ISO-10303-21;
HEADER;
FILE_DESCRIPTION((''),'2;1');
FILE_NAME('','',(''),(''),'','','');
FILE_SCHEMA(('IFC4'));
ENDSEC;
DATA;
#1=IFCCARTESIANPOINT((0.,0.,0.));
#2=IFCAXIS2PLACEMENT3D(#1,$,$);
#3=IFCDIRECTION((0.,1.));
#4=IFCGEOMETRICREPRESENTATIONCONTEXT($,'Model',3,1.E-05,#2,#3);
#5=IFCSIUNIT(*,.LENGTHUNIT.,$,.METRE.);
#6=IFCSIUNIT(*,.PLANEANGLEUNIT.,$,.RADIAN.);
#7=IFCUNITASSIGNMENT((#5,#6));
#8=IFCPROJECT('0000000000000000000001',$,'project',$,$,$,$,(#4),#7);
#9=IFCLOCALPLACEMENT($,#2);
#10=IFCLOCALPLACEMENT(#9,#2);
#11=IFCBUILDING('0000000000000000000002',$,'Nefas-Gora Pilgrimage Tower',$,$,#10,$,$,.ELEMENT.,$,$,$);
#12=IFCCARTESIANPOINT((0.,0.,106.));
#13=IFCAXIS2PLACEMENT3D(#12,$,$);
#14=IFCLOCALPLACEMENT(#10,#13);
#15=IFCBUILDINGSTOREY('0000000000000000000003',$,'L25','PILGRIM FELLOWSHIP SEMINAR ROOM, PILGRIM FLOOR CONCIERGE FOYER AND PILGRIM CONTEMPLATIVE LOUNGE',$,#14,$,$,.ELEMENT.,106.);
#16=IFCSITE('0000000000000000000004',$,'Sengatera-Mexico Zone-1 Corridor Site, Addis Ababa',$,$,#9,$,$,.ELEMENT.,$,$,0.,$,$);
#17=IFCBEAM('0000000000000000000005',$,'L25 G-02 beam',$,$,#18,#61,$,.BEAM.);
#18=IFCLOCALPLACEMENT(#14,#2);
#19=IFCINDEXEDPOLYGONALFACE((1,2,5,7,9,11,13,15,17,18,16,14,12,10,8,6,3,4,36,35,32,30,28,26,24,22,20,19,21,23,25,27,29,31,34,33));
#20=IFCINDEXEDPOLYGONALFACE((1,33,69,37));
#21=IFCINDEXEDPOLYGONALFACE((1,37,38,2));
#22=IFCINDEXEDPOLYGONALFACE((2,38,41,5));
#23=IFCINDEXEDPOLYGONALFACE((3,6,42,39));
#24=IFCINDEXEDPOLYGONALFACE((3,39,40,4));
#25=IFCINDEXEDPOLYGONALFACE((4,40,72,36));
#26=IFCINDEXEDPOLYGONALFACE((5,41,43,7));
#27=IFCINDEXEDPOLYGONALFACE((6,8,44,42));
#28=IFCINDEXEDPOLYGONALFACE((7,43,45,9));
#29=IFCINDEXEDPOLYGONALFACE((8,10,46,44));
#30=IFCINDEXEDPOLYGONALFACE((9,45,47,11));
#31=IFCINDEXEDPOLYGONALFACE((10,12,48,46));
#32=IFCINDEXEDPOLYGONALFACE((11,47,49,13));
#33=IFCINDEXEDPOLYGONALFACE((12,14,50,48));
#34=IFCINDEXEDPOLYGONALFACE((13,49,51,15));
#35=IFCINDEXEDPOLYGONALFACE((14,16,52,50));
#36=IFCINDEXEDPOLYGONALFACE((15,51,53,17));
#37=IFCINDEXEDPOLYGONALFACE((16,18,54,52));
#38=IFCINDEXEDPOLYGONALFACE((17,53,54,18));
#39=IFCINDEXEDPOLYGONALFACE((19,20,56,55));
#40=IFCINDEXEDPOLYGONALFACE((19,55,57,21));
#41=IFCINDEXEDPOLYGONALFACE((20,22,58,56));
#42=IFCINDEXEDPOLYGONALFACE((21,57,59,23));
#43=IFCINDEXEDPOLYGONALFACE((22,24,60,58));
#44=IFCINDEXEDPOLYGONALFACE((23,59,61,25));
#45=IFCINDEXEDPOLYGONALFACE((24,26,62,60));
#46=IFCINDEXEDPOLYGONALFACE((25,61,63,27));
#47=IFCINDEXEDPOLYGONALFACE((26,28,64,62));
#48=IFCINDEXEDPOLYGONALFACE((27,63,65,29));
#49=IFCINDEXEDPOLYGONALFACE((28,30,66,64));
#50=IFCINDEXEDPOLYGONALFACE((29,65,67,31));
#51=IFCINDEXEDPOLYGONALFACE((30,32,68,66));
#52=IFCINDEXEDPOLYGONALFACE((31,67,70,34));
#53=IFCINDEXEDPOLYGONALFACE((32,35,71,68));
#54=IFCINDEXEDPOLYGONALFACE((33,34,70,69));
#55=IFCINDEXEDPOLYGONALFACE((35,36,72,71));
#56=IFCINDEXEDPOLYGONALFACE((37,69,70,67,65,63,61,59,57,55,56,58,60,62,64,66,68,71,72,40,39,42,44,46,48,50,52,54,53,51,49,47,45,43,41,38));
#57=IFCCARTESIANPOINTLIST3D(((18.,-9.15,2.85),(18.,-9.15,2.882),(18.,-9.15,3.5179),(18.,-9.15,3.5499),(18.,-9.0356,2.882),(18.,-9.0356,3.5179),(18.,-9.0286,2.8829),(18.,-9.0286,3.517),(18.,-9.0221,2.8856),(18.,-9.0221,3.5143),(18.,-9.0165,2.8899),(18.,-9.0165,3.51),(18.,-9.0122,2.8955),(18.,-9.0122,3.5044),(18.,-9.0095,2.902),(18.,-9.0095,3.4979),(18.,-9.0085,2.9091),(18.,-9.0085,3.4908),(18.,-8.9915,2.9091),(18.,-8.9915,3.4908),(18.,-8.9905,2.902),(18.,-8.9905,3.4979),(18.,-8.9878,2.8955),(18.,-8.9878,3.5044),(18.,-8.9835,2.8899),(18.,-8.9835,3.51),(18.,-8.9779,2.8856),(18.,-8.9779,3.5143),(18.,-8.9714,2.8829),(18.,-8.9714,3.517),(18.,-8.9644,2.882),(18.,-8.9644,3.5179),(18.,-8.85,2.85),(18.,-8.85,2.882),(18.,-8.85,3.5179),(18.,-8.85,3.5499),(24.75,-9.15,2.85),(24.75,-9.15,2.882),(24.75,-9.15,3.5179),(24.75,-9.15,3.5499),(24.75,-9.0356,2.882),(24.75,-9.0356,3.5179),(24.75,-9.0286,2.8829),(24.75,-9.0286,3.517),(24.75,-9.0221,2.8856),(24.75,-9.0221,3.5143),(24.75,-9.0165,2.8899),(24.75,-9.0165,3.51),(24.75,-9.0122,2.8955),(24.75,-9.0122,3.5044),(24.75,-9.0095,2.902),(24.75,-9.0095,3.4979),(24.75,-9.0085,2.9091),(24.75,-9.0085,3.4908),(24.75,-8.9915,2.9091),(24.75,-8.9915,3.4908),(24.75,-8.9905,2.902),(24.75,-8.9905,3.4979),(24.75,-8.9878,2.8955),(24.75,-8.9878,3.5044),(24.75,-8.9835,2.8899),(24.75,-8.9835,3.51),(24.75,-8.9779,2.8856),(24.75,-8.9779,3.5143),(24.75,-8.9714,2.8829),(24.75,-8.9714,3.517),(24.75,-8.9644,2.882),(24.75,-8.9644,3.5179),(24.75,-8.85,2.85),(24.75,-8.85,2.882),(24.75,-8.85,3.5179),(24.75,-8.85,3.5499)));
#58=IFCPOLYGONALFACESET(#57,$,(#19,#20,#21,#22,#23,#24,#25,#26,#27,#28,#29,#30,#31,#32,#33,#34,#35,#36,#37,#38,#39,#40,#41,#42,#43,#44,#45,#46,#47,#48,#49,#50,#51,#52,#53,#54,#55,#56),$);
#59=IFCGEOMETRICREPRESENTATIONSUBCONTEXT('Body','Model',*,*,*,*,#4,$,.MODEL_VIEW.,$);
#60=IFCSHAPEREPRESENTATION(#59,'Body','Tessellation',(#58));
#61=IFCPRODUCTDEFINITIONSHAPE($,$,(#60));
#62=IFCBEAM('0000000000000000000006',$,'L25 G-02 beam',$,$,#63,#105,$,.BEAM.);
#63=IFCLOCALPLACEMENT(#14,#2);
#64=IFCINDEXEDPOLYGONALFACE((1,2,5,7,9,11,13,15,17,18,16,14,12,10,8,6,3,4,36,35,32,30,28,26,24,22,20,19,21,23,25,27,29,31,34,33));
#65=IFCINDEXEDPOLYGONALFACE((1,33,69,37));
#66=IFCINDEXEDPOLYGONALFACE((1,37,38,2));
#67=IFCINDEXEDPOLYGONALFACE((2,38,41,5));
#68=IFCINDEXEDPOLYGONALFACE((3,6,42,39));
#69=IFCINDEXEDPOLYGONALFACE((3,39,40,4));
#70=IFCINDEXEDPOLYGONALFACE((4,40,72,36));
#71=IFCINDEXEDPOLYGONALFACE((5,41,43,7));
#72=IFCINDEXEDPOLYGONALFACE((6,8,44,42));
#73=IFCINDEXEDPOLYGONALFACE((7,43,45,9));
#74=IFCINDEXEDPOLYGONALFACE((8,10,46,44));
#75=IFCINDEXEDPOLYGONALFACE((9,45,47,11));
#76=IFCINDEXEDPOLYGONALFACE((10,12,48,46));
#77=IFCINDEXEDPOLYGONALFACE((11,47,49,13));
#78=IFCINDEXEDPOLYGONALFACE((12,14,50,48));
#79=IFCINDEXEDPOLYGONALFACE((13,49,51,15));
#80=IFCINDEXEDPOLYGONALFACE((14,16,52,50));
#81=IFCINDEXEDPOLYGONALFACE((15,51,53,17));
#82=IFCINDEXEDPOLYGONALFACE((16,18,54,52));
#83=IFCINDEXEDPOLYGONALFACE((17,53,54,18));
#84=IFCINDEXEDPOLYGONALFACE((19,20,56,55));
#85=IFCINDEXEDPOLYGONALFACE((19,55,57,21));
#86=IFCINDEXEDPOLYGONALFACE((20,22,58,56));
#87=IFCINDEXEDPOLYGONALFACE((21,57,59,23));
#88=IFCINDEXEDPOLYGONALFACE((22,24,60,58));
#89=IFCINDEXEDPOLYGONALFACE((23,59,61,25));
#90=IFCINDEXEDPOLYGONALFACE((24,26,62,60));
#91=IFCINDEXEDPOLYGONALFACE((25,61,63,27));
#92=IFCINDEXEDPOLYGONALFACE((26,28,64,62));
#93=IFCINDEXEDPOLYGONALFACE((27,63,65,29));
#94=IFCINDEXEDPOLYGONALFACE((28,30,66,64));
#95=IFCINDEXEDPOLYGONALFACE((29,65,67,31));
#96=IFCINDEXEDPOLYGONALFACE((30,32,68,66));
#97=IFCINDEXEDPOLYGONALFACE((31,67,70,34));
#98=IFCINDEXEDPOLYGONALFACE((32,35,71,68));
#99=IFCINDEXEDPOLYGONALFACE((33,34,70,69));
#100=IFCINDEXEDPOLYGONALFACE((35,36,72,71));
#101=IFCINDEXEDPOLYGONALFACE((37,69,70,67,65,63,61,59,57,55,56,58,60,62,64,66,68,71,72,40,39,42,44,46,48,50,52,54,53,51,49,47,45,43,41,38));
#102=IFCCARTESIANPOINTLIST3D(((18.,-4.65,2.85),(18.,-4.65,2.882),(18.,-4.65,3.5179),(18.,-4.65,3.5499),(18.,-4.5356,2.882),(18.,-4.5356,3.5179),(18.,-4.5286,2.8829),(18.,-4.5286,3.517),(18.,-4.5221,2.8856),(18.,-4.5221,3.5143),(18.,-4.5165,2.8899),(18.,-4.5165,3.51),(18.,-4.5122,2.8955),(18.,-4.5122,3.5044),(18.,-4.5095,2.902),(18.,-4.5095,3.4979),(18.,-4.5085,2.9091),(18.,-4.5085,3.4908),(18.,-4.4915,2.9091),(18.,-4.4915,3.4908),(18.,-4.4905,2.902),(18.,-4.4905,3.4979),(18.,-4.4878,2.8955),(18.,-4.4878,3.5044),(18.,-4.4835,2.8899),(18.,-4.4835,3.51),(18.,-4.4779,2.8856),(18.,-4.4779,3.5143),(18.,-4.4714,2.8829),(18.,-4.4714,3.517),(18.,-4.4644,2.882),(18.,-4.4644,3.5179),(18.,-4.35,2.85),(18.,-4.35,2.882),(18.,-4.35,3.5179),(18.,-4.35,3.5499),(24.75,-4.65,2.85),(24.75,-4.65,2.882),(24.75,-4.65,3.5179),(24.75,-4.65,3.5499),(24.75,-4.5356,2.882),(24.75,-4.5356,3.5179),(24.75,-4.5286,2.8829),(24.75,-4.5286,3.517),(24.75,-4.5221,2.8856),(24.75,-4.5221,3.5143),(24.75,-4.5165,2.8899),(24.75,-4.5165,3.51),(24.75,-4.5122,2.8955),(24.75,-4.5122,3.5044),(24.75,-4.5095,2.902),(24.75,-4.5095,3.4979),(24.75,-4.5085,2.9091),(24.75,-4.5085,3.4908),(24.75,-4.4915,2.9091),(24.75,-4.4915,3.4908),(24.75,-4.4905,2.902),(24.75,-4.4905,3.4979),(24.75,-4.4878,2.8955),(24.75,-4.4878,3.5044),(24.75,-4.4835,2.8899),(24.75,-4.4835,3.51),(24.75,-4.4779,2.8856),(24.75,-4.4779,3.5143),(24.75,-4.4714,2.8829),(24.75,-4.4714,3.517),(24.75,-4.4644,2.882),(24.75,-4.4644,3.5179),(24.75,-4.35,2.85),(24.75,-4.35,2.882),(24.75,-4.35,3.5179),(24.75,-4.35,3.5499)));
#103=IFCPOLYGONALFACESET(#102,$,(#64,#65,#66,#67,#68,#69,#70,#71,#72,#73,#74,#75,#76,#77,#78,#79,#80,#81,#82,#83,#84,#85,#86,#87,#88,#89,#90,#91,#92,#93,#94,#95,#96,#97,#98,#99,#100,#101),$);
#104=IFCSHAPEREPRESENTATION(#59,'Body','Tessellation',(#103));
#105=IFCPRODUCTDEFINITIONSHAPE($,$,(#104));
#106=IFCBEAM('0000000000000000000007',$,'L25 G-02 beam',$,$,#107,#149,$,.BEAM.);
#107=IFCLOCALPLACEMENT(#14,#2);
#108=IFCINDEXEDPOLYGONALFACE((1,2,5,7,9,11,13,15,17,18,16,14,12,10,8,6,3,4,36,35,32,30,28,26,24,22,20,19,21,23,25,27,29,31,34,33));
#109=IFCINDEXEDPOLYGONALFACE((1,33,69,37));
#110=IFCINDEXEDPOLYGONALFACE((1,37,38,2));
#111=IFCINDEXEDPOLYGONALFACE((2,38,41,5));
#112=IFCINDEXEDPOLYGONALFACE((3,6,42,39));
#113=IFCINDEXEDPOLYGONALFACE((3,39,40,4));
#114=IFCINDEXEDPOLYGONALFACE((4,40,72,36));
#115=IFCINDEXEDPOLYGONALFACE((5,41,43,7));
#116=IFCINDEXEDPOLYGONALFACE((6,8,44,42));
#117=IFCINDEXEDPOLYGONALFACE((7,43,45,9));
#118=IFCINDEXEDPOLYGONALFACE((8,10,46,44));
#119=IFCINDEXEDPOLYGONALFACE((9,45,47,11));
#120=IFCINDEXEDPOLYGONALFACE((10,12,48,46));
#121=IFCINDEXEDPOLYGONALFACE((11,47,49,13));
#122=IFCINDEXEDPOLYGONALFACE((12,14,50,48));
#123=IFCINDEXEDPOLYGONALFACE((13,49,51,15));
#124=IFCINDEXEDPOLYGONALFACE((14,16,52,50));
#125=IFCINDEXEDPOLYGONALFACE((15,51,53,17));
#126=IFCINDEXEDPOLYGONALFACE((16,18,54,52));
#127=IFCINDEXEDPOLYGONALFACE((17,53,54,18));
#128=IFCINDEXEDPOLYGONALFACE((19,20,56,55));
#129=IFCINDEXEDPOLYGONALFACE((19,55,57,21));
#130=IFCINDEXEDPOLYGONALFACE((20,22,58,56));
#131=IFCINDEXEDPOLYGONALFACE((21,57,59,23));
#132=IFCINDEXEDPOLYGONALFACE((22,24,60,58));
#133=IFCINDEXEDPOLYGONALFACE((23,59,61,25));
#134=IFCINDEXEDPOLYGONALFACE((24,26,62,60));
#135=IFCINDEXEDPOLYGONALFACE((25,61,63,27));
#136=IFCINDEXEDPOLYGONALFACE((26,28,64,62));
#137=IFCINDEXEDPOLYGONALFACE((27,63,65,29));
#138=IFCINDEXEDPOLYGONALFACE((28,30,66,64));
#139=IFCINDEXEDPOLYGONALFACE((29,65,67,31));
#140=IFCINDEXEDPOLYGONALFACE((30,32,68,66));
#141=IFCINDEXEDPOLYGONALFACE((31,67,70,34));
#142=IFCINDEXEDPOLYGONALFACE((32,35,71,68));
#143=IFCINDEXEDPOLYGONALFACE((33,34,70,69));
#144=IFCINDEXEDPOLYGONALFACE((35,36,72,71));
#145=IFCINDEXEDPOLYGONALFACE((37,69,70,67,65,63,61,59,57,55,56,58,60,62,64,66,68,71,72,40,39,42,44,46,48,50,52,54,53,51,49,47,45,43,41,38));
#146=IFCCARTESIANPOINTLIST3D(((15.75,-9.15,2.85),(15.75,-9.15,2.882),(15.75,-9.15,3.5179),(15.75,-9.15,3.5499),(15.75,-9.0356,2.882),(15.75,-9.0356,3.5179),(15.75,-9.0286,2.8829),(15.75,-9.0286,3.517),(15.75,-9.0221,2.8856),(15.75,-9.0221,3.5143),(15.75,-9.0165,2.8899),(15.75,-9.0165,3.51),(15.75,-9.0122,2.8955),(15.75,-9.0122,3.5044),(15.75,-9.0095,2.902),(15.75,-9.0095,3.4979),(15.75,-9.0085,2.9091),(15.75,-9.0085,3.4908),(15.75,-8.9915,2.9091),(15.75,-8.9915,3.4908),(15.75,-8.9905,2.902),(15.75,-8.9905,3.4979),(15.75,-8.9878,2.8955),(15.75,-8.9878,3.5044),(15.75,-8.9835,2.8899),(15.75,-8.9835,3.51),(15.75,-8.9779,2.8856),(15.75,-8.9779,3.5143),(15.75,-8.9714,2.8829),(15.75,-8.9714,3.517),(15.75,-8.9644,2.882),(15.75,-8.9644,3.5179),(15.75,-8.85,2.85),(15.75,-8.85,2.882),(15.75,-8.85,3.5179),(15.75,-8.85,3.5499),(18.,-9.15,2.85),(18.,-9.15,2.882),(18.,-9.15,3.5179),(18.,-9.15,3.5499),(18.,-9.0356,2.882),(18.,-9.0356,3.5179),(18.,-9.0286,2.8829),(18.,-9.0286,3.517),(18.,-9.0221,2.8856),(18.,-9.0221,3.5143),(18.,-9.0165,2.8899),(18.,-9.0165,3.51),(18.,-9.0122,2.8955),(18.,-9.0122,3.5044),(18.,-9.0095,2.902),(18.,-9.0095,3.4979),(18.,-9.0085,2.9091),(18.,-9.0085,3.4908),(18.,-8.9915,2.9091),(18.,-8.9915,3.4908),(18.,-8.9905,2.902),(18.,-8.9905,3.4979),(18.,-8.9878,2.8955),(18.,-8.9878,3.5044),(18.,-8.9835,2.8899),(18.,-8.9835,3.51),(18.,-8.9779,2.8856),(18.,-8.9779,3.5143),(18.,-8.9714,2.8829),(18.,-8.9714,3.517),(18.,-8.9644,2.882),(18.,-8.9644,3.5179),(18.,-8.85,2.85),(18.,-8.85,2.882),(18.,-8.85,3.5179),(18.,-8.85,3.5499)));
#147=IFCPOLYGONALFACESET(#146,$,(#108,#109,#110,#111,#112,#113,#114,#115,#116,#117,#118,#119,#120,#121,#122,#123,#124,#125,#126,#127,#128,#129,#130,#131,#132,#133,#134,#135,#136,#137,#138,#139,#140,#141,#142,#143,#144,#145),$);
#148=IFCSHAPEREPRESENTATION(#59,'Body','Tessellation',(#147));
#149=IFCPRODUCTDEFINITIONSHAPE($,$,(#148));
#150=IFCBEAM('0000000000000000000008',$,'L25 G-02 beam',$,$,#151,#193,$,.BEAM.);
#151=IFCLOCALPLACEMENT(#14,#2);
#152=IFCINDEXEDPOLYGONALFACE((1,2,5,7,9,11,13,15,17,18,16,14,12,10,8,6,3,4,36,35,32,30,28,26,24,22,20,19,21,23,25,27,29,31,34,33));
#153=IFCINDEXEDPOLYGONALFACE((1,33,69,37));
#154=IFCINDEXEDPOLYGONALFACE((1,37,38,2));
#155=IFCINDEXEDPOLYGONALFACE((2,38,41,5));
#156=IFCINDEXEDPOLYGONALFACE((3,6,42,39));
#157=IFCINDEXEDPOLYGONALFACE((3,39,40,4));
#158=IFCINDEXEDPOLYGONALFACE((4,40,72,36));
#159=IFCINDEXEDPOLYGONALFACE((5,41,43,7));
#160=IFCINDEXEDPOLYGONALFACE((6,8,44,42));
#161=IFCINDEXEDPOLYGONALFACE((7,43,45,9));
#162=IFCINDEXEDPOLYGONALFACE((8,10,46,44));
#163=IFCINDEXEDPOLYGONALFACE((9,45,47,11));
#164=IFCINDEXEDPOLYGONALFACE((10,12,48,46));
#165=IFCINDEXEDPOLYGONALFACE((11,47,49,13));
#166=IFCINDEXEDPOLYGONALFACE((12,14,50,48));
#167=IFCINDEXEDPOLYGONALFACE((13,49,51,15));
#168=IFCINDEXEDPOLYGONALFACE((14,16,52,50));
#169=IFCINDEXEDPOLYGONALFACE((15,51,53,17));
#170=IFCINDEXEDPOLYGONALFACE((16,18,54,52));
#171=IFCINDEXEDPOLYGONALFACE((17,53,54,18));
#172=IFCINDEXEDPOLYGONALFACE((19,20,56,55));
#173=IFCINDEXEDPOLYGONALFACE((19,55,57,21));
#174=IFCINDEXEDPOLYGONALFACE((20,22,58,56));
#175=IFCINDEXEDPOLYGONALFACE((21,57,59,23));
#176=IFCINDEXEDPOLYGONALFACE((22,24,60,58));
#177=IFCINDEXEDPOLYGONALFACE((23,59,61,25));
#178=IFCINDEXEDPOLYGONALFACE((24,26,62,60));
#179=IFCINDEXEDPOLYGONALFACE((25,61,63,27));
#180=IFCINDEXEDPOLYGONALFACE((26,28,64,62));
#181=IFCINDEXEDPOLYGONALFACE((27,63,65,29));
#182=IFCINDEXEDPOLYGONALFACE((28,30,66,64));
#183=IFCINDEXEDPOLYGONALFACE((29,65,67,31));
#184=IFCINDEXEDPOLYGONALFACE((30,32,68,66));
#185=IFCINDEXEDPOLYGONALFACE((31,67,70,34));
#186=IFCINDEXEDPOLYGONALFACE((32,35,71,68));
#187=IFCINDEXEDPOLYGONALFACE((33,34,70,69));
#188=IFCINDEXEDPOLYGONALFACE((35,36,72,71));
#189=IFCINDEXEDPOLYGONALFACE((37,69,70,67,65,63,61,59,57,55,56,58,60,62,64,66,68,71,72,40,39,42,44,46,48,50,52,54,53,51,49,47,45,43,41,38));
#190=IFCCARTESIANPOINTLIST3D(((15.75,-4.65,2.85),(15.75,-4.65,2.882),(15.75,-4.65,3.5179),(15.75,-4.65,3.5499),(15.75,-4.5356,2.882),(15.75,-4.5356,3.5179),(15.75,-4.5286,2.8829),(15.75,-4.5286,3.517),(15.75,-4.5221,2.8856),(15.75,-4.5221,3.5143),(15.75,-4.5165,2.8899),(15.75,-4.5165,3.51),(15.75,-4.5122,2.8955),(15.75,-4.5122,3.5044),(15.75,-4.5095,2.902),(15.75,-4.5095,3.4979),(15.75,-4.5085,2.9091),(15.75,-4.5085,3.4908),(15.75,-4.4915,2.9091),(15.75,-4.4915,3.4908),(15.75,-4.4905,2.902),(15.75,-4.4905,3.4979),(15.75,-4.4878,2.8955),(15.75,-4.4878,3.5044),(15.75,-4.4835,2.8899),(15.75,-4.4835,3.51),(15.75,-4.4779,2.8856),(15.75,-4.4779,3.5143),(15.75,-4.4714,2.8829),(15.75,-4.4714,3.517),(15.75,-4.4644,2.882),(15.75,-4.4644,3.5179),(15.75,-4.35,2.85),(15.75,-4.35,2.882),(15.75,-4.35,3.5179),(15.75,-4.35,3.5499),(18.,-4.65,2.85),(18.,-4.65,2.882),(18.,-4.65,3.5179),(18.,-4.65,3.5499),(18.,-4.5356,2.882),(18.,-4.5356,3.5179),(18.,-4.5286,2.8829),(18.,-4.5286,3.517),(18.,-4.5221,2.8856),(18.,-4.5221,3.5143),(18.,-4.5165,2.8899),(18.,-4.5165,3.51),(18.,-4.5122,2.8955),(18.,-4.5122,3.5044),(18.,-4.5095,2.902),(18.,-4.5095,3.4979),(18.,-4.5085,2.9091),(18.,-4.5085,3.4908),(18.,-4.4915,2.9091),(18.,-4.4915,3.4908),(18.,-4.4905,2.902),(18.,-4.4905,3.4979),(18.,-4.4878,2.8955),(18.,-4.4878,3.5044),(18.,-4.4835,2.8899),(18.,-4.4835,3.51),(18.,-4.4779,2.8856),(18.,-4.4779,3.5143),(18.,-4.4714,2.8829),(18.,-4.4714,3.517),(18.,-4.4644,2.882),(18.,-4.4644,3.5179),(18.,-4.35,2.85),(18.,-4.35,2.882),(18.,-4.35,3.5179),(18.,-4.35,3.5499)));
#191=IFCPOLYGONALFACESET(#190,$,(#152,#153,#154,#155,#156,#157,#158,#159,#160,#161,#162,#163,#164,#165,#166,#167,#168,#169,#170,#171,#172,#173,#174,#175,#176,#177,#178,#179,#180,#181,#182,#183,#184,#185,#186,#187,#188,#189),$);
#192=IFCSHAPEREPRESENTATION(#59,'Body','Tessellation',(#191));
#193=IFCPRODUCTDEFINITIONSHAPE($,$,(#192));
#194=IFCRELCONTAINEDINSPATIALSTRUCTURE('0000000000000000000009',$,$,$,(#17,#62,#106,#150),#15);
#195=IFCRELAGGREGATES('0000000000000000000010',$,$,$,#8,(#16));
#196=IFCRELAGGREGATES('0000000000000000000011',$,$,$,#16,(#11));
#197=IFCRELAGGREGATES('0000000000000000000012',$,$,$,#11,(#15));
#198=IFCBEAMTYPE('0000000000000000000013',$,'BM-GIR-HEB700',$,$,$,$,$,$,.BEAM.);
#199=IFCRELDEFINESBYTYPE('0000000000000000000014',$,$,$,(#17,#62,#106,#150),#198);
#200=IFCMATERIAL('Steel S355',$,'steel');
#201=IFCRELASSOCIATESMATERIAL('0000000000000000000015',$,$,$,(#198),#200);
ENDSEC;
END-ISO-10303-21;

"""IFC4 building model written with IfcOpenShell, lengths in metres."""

from ifc_helpers import new_model, si_unit, direction, frame, origin, origin_2d, place, context, subcontext, project, spatial, i_section, extrude, source, transform, mapped, material, material_profile, profile_set, type_object, element, save


model = new_model("IFC4")

# Units and contexts
model_context = context("Model", 3, precision=1e-05, world=origin(), true_north=direction((0.0, 1.0)))
body_context = subcontext(model_context, "Body", "Model", "MODEL_VIEW")
ifc_project = project(units=[si_unit("LENGTHUNIT", "METRE"), si_unit("PLANEANGLEUNIT", "RADIAN")], contexts=[model_context])

# Site, building, storey
site_placement = place(None, origin())
site = spatial("IfcSite", under=ifc_project, at=site_placement, Name="Sengatera-Mexico Zone-1 Corridor Site, Addis Ababa", CompositionType="ELEMENT", RefElevation=0.0)
building_placement = place(site_placement, origin())
building = spatial("IfcBuilding", under=site, at=building_placement, Name="Nefas-Gora Pilgrimage Tower", CompositionType="ELEMENT")
storey_placement = place(building_placement, frame((0.0, 0.0, 106.0)))
storey = spatial("IfcBuildingStorey", under=building, at=storey_placement, Name="L25", Description="PILGRIM FELLOWSHIP SEMINAR ROOM, PILGRIM FLOOR CONCIERGE FOYER AND PILGRIM CONTEMPLATIVE LOUNGE", CompositionType="ELEMENT", Elevation=106.0)

# Beams
ifc_material_1 = material(Name="Steel S355", Category="steel")
ifc_material_profile_1 = material_profile(ifc_material_1, i_section(OverallWidth=0.3, OverallDepth=0.7, WebThickness=0.0171, FlangeThickness=0.032, FilletRadius=0.0271, at=origin_2d()), Name="HEB 700")
ifc_profile_set_1 = profile_set([ifc_material_profile_1], Name="Steel S355")
beam_type_1 = type_object("IfcBeamType", Name="BM-GIR-HEB700", PredefinedType="BEAM", material=ifc_profile_set_1)
shared_shape_1 = source(origin(), body_context, "Body", "SweptSolid", [
    extrude(i_section(OverallWidth=0.3, OverallDepth=0.7, WebThickness=0.0171, FlangeThickness=0.032, FilletRadius=0.0271, at=origin_2d()), origin(), (0.0, 0.0, 1.0), 6.75),
])
for number, where, z_axis, x_axis, name in (
    (1, (18.0, -9.0, 3.2), (1.0, 0.0, 0.0), (0.0, 1.0, 0.0), "L25 G-02 beam"),
    (2, (18.0, -4.5, 3.2), (1.0, 0.0, 0.0), (0.0, 1.0, 0.0), "L25 G-02 beam"),
):
    element("IfcBeam", number, at=place(storey_placement, frame(where, z_axis=z_axis, x_axis=x_axis)), inside=storey, type_object=beam_type_1, Name=name, PredefinedType="BEAM", context=body_context, shape_type="MappedRepresentation", body=[
        mapped(shared_shape_1, transform((0.0, 0.0, 0.0), x_axis=(1.0, 0.0, 0.0), y_axis=(0.0, 1.0, 0.0), z_axis=(0.0, 0.0, 1.0), scale=1.0)),
    ])
shared_shape_2 = source(origin(), body_context, "Body", "SweptSolid", [
    extrude(i_section(OverallWidth=0.3, OverallDepth=0.7, WebThickness=0.0171, FlangeThickness=0.032, FilletRadius=0.0271, at=origin_2d()), origin(), (0.0, 0.0, 1.0), 2.25),
])
for number, where, z_axis, x_axis, name in (
    (3, (15.75, -9.0, 3.2), (1.0, 0.0, 0.0), (0.0, 1.0, 0.0), "L25 G-02 beam"),
    (4, (15.75, -4.5, 3.2), (1.0, 0.0, 0.0), (0.0, 1.0, 0.0), "L25 G-02 beam"),
):
    element("IfcBeam", number, at=place(storey_placement, frame(where, z_axis=z_axis, x_axis=x_axis)), inside=storey, type_object=beam_type_1, Name=name, PredefinedType="BEAM", context=body_context, shape_type="MappedRepresentation", body=[
        mapped(shared_shape_2, transform((0.0, 0.0, 0.0), x_axis=(1.0, 0.0, 0.0), y_axis=(0.0, 1.0, 0.0), z_axis=(0.0, 0.0, 1.0), scale=1.0)),
    ])

save(model, "model.ifc")
